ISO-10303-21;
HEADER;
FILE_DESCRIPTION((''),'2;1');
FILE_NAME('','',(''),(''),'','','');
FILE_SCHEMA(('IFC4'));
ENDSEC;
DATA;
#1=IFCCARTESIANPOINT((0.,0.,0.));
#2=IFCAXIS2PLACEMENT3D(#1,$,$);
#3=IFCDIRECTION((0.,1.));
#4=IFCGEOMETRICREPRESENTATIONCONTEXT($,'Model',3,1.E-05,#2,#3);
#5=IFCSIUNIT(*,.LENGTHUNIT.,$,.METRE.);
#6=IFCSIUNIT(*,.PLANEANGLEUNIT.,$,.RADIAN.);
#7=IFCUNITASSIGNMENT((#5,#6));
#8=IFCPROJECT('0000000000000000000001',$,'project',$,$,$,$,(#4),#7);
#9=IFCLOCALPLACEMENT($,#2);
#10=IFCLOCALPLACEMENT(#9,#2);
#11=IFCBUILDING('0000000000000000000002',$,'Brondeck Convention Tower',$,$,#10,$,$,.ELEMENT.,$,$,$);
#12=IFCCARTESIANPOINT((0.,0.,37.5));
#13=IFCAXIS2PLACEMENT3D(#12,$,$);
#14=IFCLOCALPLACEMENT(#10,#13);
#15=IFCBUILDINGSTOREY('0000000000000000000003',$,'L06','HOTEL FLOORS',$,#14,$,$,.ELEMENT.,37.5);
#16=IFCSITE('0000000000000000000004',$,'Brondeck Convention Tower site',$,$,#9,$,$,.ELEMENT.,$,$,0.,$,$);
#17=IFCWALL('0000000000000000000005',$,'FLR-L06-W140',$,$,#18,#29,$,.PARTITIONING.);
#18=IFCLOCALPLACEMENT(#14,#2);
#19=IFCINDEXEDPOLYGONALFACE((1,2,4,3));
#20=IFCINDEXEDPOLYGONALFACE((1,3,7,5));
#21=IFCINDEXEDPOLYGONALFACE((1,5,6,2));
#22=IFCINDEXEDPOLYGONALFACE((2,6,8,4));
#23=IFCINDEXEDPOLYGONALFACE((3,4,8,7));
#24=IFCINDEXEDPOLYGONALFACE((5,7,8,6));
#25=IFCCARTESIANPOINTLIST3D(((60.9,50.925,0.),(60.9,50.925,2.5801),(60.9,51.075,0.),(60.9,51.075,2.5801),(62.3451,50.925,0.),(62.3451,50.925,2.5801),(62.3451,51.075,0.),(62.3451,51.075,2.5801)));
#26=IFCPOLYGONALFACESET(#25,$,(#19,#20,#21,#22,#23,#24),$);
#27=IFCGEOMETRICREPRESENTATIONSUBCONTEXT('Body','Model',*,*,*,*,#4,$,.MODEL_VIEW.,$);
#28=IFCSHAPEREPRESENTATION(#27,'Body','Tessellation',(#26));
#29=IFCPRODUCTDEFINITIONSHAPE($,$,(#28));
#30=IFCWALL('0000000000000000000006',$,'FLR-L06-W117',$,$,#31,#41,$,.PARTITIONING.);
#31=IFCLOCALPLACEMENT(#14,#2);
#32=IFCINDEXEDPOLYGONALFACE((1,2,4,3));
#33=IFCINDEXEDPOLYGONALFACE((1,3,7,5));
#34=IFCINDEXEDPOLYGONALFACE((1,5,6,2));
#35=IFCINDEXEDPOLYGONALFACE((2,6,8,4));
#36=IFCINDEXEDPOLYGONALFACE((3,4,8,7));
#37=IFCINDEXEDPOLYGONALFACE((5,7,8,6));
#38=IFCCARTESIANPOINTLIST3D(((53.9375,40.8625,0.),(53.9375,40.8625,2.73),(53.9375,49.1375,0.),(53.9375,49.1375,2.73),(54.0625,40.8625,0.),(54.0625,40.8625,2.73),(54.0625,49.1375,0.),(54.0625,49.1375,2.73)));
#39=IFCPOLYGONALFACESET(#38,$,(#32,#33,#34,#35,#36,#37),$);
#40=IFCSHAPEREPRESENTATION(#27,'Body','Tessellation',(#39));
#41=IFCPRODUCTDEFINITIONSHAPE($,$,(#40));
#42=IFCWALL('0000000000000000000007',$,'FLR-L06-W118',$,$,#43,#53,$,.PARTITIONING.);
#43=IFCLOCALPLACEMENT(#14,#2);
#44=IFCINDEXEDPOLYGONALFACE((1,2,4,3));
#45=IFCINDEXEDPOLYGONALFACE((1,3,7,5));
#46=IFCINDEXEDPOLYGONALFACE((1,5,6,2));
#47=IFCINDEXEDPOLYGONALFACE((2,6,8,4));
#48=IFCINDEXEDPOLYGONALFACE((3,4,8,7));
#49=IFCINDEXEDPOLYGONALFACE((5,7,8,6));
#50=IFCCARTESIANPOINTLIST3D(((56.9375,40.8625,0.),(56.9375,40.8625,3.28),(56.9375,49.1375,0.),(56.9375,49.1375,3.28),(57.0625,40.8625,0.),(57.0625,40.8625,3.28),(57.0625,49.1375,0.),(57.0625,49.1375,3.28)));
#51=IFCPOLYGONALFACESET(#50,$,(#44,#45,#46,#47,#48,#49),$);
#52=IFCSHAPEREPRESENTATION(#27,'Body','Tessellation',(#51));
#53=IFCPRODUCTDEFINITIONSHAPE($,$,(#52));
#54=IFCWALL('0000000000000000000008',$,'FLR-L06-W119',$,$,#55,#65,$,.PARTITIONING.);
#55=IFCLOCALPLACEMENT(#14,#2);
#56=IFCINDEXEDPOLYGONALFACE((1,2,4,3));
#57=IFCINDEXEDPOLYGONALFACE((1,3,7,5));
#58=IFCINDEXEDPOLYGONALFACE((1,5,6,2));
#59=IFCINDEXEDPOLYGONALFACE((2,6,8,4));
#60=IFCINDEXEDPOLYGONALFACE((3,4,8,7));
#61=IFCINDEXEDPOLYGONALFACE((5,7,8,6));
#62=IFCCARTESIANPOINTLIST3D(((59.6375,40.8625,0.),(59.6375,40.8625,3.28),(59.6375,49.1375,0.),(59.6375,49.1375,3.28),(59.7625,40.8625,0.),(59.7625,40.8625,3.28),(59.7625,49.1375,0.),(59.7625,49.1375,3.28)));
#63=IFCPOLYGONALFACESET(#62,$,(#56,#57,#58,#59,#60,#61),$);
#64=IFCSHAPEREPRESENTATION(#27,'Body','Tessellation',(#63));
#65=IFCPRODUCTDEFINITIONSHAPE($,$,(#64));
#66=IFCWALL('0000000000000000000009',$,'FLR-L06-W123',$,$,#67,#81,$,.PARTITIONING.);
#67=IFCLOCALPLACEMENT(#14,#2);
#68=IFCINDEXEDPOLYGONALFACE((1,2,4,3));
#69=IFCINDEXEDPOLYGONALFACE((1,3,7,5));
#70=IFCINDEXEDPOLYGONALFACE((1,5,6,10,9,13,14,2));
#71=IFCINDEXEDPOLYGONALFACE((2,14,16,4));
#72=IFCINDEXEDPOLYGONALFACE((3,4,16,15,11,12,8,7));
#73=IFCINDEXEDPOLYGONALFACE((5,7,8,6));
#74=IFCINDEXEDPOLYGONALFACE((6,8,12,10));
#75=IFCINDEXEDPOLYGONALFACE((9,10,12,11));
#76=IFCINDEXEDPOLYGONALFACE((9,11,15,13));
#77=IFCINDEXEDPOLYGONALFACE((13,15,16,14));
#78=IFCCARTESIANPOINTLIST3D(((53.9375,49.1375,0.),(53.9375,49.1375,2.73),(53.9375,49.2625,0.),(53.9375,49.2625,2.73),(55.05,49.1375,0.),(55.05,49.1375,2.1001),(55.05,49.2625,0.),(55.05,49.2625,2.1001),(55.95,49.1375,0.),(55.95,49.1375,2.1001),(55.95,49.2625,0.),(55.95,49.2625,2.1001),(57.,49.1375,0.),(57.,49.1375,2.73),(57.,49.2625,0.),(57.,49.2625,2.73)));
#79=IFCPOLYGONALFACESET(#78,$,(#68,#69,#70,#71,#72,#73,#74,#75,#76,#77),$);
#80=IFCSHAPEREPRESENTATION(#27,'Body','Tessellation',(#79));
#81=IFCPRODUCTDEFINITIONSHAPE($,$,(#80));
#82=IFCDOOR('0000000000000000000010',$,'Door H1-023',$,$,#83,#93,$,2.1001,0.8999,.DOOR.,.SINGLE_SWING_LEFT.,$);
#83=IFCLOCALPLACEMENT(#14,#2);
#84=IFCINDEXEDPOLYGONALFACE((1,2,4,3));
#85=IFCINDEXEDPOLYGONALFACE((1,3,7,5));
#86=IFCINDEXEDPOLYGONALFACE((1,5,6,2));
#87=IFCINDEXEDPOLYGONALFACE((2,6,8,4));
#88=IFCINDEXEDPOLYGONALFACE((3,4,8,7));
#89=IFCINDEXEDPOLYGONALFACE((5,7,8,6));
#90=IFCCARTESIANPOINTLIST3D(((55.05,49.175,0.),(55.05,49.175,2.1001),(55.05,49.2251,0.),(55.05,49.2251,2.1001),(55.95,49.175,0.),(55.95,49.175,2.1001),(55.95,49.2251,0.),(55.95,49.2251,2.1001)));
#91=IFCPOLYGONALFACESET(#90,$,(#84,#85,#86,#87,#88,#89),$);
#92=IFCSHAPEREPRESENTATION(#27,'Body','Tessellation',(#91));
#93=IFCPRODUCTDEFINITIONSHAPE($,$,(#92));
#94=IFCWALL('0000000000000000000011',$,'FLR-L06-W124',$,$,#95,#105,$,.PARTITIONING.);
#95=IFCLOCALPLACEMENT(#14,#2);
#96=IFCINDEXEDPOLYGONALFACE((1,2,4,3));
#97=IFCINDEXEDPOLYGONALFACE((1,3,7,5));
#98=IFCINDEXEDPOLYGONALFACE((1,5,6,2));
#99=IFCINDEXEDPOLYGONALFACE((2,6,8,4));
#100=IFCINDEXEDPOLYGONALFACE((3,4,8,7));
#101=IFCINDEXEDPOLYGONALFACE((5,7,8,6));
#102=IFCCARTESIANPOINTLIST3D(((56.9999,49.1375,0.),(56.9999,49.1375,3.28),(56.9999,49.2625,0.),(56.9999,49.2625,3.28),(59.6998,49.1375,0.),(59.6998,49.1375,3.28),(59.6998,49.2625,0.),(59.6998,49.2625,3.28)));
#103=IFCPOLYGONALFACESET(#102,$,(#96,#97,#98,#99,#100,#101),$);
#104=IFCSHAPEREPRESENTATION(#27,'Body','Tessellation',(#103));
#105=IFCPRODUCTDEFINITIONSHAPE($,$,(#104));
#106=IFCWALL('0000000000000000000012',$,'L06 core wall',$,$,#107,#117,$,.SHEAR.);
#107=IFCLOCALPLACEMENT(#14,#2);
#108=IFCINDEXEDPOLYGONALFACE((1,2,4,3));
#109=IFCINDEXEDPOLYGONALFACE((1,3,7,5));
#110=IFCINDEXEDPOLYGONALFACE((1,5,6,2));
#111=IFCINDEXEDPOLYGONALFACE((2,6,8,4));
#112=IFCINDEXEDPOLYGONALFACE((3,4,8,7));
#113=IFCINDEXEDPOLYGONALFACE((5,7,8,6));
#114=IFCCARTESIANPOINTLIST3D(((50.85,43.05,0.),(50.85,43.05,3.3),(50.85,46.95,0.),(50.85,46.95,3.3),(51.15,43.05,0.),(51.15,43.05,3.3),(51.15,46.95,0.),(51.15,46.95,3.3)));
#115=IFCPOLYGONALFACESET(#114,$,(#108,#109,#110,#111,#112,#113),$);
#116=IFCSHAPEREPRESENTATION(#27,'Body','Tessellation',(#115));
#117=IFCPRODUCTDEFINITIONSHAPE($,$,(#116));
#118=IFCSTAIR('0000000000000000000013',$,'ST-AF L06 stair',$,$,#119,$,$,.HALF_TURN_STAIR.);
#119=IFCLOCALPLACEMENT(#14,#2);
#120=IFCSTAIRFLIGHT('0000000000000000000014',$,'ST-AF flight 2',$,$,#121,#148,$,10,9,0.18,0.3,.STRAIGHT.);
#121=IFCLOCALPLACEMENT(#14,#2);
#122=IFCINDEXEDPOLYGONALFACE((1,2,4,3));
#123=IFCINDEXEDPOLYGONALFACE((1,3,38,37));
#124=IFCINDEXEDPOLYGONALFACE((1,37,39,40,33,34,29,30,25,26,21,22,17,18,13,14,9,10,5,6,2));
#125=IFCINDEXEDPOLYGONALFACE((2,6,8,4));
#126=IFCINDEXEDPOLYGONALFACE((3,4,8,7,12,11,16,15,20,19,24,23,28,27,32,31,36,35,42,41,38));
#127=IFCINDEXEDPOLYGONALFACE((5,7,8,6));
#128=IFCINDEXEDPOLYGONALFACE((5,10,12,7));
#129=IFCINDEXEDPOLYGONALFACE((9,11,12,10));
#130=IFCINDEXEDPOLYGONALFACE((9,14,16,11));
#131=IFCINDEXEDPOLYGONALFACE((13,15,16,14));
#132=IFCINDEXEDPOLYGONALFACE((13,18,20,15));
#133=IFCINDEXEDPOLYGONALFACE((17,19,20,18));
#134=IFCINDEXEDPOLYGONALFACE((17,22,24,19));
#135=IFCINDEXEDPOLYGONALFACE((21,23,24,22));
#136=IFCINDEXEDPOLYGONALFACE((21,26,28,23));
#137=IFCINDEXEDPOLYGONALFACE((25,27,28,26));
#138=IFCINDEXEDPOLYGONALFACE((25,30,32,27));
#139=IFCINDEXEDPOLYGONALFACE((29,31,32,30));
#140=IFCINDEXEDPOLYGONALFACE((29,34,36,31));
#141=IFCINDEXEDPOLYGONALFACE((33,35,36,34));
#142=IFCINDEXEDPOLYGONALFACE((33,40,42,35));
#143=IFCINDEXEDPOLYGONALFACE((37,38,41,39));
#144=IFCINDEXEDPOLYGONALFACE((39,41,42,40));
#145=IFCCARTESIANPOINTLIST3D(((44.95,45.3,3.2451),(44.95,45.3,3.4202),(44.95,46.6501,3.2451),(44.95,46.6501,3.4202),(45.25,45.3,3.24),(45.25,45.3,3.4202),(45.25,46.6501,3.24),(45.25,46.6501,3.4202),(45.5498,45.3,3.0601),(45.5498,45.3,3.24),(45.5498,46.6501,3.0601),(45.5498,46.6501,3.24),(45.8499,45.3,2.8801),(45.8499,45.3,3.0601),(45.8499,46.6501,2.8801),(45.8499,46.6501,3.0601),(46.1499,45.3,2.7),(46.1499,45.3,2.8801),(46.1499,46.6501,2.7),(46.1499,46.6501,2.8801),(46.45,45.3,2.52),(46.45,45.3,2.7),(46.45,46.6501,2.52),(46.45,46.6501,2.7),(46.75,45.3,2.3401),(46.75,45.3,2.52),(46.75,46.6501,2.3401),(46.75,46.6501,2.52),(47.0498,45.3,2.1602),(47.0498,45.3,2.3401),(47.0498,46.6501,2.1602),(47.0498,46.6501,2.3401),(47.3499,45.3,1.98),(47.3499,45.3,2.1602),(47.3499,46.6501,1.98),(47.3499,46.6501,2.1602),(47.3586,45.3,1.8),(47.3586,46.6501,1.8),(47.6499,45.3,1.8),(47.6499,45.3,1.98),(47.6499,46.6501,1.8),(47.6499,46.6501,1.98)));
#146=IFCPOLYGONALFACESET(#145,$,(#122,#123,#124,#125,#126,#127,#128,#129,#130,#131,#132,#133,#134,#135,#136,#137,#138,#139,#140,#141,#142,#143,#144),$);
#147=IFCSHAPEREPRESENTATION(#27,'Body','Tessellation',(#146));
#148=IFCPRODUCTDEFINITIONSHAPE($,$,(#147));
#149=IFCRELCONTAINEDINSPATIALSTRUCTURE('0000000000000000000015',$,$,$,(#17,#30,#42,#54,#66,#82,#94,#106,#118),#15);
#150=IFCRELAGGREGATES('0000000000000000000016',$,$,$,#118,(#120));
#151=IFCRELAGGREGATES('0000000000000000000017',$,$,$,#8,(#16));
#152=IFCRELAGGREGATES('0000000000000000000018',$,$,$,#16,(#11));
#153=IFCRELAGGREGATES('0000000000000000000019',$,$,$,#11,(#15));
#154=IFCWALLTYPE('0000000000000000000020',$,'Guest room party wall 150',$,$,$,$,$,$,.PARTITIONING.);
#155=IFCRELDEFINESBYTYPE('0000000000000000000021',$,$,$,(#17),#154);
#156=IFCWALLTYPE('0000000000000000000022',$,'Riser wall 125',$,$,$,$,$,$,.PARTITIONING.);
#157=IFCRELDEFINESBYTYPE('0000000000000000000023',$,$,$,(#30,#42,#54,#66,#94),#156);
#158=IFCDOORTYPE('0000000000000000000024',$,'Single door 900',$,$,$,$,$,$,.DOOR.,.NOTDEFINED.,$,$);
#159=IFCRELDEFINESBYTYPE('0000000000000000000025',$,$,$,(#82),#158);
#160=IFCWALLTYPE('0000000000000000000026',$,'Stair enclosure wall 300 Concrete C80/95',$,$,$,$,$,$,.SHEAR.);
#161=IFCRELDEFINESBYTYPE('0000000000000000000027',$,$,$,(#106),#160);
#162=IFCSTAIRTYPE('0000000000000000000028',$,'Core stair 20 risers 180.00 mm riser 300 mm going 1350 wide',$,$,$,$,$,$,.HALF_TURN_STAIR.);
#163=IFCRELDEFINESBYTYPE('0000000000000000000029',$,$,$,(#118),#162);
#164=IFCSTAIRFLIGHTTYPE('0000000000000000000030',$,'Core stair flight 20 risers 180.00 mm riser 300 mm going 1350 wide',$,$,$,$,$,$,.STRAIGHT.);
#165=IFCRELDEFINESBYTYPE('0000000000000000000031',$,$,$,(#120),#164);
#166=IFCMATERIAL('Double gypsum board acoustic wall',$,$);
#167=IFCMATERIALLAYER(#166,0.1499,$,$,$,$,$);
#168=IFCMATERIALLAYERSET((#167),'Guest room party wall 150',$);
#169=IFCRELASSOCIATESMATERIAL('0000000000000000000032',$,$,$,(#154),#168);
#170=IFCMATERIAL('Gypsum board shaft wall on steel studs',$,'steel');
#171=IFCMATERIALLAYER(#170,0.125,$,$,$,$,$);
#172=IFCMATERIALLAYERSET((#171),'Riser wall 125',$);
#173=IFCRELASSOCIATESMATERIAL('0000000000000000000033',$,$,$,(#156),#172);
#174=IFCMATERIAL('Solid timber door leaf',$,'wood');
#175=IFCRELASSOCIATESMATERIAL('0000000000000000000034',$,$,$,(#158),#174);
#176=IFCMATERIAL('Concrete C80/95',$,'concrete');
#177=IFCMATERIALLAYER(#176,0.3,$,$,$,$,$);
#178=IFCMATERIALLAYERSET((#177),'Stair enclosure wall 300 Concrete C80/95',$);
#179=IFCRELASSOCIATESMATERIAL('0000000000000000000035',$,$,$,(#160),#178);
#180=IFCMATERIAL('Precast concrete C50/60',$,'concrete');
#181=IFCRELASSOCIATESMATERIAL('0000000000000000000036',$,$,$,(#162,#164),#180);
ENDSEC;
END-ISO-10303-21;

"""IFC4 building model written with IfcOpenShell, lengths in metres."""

from ifc_helpers import new_model, si_unit, direction, frame, frame_2d, origin, place, context, subcontext, project, spatial, polyline, rectangle, outline, extrude, material, layer, layer_set, type_object, element, fill, aggregate, save


model = new_model("IFC4")

# Units and contexts
model_context = context("Model", 3, precision=1e-05, world=origin(), true_north=direction((0.0, 1.0)))
body_context = subcontext(model_context, "Body", "Model", "MODEL_VIEW")
ifc_project = project(units=[si_unit("LENGTHUNIT", "METRE"), si_unit("PLANEANGLEUNIT", "RADIAN")], contexts=[model_context])

# Site, building, storey
site_placement = place(None, origin())
site = spatial("IfcSite", under=ifc_project, at=site_placement, Name="Brondeck Convention Tower site", CompositionType="ELEMENT", RefElevation=0.0)
building_placement = place(site_placement, origin())
building = spatial("IfcBuilding", under=site, at=building_placement, Name="Brondeck Convention Tower", CompositionType="ELEMENT")
storey_placement = place(building_placement, frame((0.0, 0.0, 37.5)))
storey = spatial("IfcBuildingStorey", under=building, at=storey_placement, Name="L06", Description="HOTEL FLOORS", CompositionType="ELEMENT", Elevation=37.5)

# Shared definitions
ifc_material_1 = material(Name="Concrete C80/95", Category="concrete")

# Shared definitions
ifc_material_2 = material(Name="Double gypsum board acoustic wall")
ifc_layer_1 = layer(ifc_material_2, 0.1499)
ifc_layer_set_1 = layer_set([ifc_layer_1], Name="Guest room party wall 150")
wall_type_1 = type_object("IfcWallType", Name="Guest room party wall 150", PredefinedType="PARTITIONING", material=ifc_layer_set_1)

# Walls
wall_1_placement = place(storey_placement, frame((60.8999, 51.0, 0.0), z_axis=(0.0, 0.0, 1.0), x_axis=(1.0, 0.0, 0.0)))
element("IfcWall", 1, at=wall_1_placement, inside=storey, type_object=wall_type_1, Name="FLR-L06-W140", PredefinedType="PARTITIONING", context=body_context, shape_type="SweptSolid", body=[
    extrude(rectangle(XDim=1.4451, YDim=0.1499, at=frame_2d((0.7227, 0.0))), origin(), (0.0, 0.0, 1.0), 2.5801),
])
ifc_material_3 = material(Name="Gypsum board shaft wall on steel studs", Category="steel")
ifc_layer_2 = layer(ifc_material_3, 0.125)
ifc_layer_set_2 = layer_set([ifc_layer_2], Name="Riser wall 125")
wall_type_2 = type_object("IfcWallType", Name="Riser wall 125", PredefinedType="PARTITIONING", material=ifc_layer_set_2)
wall_2_placement = place(storey_placement, frame((54.0, 49.1375, 0.0), z_axis=(0.0, 0.0, 1.0), x_axis=(0.0, -1.0, 0.0)))
element("IfcWall", 2, at=wall_2_placement, inside=storey, type_object=wall_type_2, Name="FLR-L06-W117", PredefinedType="PARTITIONING", context=body_context, shape_type="SweptSolid", body=[
    extrude(rectangle(XDim=8.2749, YDim=0.125, at=frame_2d((4.1375, 0.0))), origin(), (0.0, 0.0, 1.0), 2.73),
])
for number, where, z_axis, x_axis, name in (
    (3, (57.0, 49.1375, 0.0), (0.0, 0.0, 1.0), (0.0, -1.0, 0.0), "FLR-L06-W118"),
    (4, (59.7, 49.1375, 0.0), (0.0, 0.0, 1.0), (0.0, -1.0, 0.0), "FLR-L06-W119"),
):
    element("IfcWall", number, at=place(storey_placement, frame(where, z_axis=z_axis, x_axis=x_axis)), inside=storey, type_object=wall_type_2, Name=name, PredefinedType="PARTITIONING", context=body_context, shape_type="SweptSolid", body=[
        extrude(rectangle(XDim=8.2749, YDim=0.125, at=frame_2d((4.1375, 0.0))), origin(), (0.0, 0.0, 1.0), 3.28),
    ])

# Wall, opening, door
wall_3_placement = place(storey_placement, frame((57.0, 49.2, 0.0), z_axis=(0.0, 0.0, 1.0), x_axis=(-1.0, 0.0, 0.0)))
wall_3 = element("IfcWall", 5, at=wall_3_placement, inside=storey, type_object=wall_type_2, Name="FLR-L06-W123", PredefinedType="PARTITIONING", context=body_context, shape_type="SweptSolid", body=[
    extrude(rectangle(XDim=3.0625, YDim=0.125, at=frame_2d((1.5312, 0.0))), origin(), (0.0, 0.0, 1.0), 2.73),
])
opening_1_placement = place(wall_3_placement, frame((1.05, 0.0, 0.0)))
opening_1 = element("IfcOpeningElement", 6, at=opening_1_placement, cuts=wall_3, PredefinedType="OPENING", context=body_context, shape_type="SweptSolid", body=[
    extrude(rectangle(XDim=0.8999, YDim=2.1001, at=frame_2d((0.45, 1.05))), frame((0.0, 0.0725, 0.0), z_axis=(0.0, -1.0, 0.0), x_axis=(1.0, 0.0, 0.0)), (0.0, 0.0, 1.0), 0.145),
])
ifc_material_4 = material(Name="Solid timber door leaf", Category="wood")
door_type_1 = type_object("IfcDoorType", Name="Single door 900", OperationType="NOTDEFINED", PredefinedType="DOOR", material=ifc_material_4)
door_1_placement = place(opening_1_placement, origin())
door_1 = element("IfcDoor", 7, at=door_1_placement, inside=storey, type_object=door_type_1, Name="Door H1-023", OperationType="SINGLE_SWING_LEFT", OverallHeight=2.1001, OverallWidth=0.8999, PredefinedType="DOOR", context=body_context, shape_type="SweptSolid", body=[
    extrude(rectangle(XDim=0.8999, YDim=2.1001, at=frame_2d((0.45, 1.05))), frame((0.0, 0.0249, 0.0), z_axis=(0.0, -1.0, 0.0), x_axis=(1.0, 0.0, 0.0)), (0.0, 0.0, 1.0), 0.05),
])
fill(opening_1, door_1)

# Walls
wall_4_placement = place(storey_placement, frame((59.7, 49.2, 0.0), z_axis=(0.0, 0.0, 1.0), x_axis=(-1.0, 0.0, 0.0)))
element("IfcWall", 8, at=wall_4_placement, inside=storey, type_object=wall_type_2, Name="FLR-L06-W124", PredefinedType="PARTITIONING", context=body_context, shape_type="SweptSolid", body=[
    extrude(rectangle(XDim=2.7, YDim=0.125, at=frame_2d((1.3501, 0.0))), origin(), (0.0, 0.0, 1.0), 3.28),
])
ifc_layer_3 = layer(ifc_material_1, 0.3)
ifc_layer_set_3 = layer_set([ifc_layer_3], Name="Stair enclosure wall 300 Concrete C80/95")
wall_type_3 = type_object("IfcWallType", Name="Stair enclosure wall 300 Concrete C80/95", PredefinedType="SHEAR", material=ifc_layer_set_3)
wall_5_placement = place(storey_placement, frame((51.0, 43.05, 0.0), z_axis=(0.0, 0.0, 1.0), x_axis=(0.0, 1.0, 0.0)))
element("IfcWall", 9, at=wall_5_placement, inside=storey, type_object=wall_type_3, Name="L06 core wall", PredefinedType="SHEAR", context=body_context, shape_type="SweptSolid", body=[
    extrude(rectangle(XDim=3.8999, YDim=0.3, at=frame_2d((1.95, 0.0))), origin(), (0.0, 0.0, 1.0), 3.3),
])

# Stair, stair flight
ifc_material_5 = material(Name="Precast concrete C50/60", Category="concrete")
stair_type = type_object("IfcStairType", Name="Core stair 20 risers 180.00 mm riser 300 mm going 1350 wide", PredefinedType="HALF_TURN_STAIR", material=ifc_material_5)
stair_placement = place(storey_placement, origin())
stair = element("IfcStair", 10, at=stair_placement, inside=storey, type_object=stair_type, Name="ST-AF L06 stair", PredefinedType="HALF_TURN_STAIR")
stair_flight_type = type_object("IfcStairFlightType", Name="Core stair flight 20 risers 180.00 mm riser 300 mm going 1350 wide", PredefinedType="STRAIGHT", material=ifc_material_5)
stair_flight_placement = place(storey_placement, frame((47.6499, 45.9751, 1.8), z_axis=(0.0, 0.0, 1.0), x_axis=(-1.0, 0.0, 0.0)))
stair_flight = element("IfcStairFlight", 11, at=stair_flight_placement, type_object=stair_flight_type, Name="ST-AF flight 2", NumberOfRisers=10, NumberOfTreads=9, PredefinedType="STRAIGHT", RiserHeight=0.18, TreadLength=0.3, context=body_context, shape_type="SweptSolid", body=[
    extrude(outline(polyline([(0.0, 0.0), (0.0, 0.1799), (0.3, 0.1799), (0.3, 0.3601), (0.6001, 0.3601), (0.6001, 0.54), (0.8999, 0.54), (0.8999, 0.72), (1.2, 0.72), (1.2, 0.8999), (1.5, 0.8999), (1.5, 1.0801), (1.8, 1.0801), (1.8, 1.26), (2.1001, 1.26), (2.1001, 1.4399), (2.3999, 1.4399), (2.3999, 1.6201), (2.7, 1.6201), (2.7, 1.8), (2.7, 1.4451), (0.2913, 0.0), (0.0, 0.0)])), frame((0.0, 0.675, 0.0), z_axis=(0.0, -1.0, 0.0), x_axis=(1.0, 0.0, 0.0)), (0.0, 0.0, 1.0), 1.3501),
])
aggregate(stair, [stair_flight])

save(model, "model.ifc")
